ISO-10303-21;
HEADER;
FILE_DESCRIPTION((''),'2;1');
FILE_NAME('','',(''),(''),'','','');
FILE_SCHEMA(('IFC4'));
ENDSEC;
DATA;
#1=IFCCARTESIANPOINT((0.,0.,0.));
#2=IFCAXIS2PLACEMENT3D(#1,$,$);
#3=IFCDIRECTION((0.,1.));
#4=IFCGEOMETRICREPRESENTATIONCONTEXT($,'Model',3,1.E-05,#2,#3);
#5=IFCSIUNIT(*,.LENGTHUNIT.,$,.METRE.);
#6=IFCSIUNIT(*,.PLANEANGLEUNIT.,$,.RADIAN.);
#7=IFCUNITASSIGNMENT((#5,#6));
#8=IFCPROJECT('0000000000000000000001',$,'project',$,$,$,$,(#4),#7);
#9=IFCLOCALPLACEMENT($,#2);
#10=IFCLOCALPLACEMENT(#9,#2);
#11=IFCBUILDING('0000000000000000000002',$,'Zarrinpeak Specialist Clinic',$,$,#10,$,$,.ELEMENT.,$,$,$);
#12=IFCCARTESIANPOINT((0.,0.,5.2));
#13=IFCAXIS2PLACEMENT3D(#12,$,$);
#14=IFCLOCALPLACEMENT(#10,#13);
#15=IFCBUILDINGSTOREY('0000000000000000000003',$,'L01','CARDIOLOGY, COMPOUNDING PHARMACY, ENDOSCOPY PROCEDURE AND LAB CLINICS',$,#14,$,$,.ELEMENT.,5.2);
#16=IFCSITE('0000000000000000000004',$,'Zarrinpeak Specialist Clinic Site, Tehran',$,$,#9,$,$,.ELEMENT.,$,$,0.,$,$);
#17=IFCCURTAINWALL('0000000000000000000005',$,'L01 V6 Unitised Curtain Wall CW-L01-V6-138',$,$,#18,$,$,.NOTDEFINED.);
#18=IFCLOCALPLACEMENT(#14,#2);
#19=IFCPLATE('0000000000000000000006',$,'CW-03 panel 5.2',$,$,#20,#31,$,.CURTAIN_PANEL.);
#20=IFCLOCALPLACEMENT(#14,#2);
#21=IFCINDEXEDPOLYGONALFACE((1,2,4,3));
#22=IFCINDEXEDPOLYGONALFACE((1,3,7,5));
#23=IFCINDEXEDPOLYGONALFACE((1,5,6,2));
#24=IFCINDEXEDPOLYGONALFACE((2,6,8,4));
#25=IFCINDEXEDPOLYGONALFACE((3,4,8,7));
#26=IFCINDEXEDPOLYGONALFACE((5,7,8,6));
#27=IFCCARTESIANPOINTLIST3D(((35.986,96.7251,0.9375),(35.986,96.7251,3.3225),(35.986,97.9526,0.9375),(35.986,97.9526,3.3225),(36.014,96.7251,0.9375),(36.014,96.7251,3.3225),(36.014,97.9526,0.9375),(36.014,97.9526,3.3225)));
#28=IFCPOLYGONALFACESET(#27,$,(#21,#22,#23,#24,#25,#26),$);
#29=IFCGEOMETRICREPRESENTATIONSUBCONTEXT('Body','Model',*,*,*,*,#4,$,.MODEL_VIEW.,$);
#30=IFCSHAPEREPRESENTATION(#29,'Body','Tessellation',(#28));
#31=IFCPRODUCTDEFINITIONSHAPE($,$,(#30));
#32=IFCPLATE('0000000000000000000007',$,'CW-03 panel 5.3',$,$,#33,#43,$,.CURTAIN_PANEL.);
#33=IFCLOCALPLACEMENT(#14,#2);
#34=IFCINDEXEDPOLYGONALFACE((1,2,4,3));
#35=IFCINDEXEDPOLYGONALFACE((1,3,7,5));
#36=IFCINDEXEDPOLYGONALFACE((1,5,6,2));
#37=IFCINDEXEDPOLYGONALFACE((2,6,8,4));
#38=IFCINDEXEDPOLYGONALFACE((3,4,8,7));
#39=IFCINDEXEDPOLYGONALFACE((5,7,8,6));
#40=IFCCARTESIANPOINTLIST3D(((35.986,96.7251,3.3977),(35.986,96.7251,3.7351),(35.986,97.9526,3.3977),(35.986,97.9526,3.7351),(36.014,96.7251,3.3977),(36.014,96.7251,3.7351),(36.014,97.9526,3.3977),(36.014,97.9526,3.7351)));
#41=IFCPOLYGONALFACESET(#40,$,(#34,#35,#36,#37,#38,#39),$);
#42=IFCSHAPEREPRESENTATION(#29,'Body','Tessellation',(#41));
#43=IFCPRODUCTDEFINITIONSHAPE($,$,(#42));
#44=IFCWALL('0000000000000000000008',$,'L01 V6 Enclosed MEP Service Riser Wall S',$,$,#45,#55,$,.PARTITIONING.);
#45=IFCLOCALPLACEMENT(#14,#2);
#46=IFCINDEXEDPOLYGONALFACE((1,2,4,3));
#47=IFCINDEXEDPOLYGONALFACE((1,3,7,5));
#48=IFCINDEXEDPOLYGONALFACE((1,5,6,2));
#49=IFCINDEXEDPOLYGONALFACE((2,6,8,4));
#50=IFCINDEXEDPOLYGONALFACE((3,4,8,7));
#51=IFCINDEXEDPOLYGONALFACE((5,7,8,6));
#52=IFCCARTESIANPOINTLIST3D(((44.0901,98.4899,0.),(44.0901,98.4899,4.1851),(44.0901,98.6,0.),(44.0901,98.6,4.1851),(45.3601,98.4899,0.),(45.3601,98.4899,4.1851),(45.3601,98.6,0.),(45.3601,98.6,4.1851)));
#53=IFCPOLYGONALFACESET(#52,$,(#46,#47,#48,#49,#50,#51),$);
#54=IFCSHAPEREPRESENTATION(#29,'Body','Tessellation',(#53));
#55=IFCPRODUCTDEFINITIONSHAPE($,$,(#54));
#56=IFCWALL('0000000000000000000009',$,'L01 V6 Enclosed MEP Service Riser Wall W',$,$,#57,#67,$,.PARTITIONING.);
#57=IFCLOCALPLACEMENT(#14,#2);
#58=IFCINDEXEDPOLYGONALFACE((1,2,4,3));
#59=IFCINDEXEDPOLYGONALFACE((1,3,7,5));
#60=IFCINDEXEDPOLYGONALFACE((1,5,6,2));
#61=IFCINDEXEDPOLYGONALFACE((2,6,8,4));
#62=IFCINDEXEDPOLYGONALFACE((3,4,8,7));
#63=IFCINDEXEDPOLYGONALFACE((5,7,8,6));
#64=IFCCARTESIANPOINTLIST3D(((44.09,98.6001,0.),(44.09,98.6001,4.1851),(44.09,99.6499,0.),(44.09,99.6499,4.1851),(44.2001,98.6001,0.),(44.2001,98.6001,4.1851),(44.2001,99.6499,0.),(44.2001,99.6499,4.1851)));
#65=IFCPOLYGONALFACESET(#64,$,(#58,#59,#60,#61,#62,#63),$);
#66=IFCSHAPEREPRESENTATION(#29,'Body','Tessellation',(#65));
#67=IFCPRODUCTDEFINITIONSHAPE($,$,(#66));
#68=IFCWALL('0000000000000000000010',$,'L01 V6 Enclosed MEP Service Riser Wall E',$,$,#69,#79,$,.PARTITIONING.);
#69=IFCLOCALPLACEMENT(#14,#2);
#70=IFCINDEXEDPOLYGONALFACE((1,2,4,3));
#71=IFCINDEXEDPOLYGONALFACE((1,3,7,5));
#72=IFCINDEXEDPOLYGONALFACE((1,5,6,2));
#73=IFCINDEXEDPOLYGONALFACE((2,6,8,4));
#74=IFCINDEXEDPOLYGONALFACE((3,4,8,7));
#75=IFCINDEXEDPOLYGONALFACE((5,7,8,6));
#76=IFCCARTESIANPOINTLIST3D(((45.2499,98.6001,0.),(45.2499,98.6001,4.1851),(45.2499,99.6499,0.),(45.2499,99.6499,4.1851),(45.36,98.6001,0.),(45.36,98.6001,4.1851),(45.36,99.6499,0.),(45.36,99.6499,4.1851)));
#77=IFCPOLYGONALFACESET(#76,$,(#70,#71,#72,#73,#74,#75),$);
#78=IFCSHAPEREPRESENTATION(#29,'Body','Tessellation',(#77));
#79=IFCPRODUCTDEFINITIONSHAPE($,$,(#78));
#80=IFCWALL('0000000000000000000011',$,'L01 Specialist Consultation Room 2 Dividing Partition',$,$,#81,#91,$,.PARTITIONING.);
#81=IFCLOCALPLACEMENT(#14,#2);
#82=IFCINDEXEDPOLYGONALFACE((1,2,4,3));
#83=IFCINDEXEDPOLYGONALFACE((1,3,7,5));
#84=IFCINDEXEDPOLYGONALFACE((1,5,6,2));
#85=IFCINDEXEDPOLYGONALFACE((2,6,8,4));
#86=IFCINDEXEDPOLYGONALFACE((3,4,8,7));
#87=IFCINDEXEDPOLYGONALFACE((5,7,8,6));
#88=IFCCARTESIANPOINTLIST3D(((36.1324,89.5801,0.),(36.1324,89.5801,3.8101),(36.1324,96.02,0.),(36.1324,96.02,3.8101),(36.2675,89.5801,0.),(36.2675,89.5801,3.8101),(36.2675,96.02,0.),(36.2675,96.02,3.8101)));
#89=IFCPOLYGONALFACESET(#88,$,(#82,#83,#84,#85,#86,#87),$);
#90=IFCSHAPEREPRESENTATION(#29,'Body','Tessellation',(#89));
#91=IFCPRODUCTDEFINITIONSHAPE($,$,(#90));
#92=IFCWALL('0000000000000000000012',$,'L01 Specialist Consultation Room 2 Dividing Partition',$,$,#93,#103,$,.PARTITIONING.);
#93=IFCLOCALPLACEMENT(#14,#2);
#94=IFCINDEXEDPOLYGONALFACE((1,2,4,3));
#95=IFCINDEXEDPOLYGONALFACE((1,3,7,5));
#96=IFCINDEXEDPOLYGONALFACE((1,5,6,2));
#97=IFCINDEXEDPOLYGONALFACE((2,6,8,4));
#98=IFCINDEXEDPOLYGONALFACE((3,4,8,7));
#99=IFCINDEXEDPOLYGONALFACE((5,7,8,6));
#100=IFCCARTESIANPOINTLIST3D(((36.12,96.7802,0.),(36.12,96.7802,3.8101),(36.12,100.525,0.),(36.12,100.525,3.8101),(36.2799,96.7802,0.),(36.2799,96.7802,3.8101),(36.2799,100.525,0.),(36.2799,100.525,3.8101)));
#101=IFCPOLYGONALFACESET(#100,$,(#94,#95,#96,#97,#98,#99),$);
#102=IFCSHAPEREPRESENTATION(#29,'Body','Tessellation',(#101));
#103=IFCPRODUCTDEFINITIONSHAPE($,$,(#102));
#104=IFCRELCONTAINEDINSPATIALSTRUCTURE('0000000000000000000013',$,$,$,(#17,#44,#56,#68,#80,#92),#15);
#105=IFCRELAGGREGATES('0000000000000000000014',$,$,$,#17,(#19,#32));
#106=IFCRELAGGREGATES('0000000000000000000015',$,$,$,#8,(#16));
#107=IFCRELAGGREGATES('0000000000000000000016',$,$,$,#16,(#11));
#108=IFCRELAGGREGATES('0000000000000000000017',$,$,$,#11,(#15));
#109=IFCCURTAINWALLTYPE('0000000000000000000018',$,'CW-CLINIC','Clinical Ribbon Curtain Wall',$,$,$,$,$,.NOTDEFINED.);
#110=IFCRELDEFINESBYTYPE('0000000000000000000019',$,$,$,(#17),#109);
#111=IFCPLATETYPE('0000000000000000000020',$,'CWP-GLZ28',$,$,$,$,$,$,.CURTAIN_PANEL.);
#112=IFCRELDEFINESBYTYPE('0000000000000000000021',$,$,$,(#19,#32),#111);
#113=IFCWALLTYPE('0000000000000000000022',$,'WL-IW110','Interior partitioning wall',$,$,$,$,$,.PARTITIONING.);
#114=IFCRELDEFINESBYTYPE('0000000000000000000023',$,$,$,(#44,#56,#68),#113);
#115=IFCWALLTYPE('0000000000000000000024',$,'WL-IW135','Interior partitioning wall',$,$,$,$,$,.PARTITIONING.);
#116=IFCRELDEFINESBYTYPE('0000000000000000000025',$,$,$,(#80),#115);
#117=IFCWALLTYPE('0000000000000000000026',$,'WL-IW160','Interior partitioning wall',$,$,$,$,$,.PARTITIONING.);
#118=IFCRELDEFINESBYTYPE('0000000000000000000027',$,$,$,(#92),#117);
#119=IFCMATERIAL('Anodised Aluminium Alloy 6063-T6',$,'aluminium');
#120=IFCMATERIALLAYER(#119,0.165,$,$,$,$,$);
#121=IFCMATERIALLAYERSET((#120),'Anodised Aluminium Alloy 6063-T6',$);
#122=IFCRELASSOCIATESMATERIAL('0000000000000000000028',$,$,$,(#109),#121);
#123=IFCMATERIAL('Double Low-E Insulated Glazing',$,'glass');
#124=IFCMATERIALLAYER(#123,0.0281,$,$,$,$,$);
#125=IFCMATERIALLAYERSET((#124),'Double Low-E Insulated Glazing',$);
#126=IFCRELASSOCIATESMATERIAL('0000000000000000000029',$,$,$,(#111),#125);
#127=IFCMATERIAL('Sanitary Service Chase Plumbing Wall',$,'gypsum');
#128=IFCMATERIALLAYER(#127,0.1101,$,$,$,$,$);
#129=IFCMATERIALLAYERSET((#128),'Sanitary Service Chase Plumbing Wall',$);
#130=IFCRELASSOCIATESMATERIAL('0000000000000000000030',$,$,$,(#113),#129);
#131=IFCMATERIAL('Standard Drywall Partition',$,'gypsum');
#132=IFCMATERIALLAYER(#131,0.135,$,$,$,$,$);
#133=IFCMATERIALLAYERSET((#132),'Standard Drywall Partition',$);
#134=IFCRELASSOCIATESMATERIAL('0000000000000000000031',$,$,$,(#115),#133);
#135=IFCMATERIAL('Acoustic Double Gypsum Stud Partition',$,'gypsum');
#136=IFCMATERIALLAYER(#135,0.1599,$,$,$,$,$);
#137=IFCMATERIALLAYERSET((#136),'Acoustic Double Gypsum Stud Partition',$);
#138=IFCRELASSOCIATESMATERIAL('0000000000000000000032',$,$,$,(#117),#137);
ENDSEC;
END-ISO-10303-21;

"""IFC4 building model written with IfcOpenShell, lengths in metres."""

from ifc_helpers import new_model, si_unit, direction, frame, frame_2d, origin, origin_2d, place, context, subcontext, project, spatial, rectangle, extrude, material, layer, layer_set, type_object, element, aggregate, save


model = new_model("IFC4")

# Units and contexts
model_context = context("Model", 3, precision=1e-05, world=origin(), true_north=direction((0.0, 1.0)))
body_context = subcontext(model_context, "Body", "Model", "MODEL_VIEW")
ifc_project = project(units=[si_unit("LENGTHUNIT", "METRE"), si_unit("PLANEANGLEUNIT", "RADIAN")], contexts=[model_context])

# Site, building, storey
site_placement = place(None, origin())
site = spatial("IfcSite", under=ifc_project, at=site_placement, Name="Zarrinpeak Specialist Clinic Site, Tehran", CompositionType="ELEMENT", RefElevation=0.0)
building_placement = place(site_placement, origin())
building = spatial("IfcBuilding", under=site, at=building_placement, Name="Zarrinpeak Specialist Clinic", CompositionType="ELEMENT")
storey_placement = place(building_placement, frame((0.0, 0.0, 5.2)))
storey = spatial("IfcBuildingStorey", under=building, at=storey_placement, Name="L01", Description="CARDIOLOGY, COMPOUNDING PHARMACY, ENDOSCOPY PROCEDURE AND LAB CLINICS", CompositionType="ELEMENT", Elevation=5.2)

# Shared definitions
ifc_material_1 = material(Name="Anodised Aluminium Alloy 6063-T6", Category="aluminium")
ifc_layer_1 = layer(ifc_material_1, 0.165)
ifc_layer_set_1 = layer_set([ifc_layer_1], Name="Anodised Aluminium Alloy 6063-T6")
curtain_wall_type = type_object("IfcCurtainWallType", Name="CW-CLINIC", Description="Clinical Ribbon Curtain Wall", PredefinedType="NOTDEFINED", material=ifc_layer_set_1)

# Curtain wall
curtain_wall_1_placement = place(storey_placement, origin())
curtain_wall_1 = element("IfcCurtainWall", 1, at=curtain_wall_1_placement, inside=storey, type_object=curtain_wall_type, Name="L01 V6 Unitised Curtain Wall CW-L01-V6-138", PredefinedType="NOTDEFINED")

# Plates
ifc_material_2 = material(Name="Double Low-E Insulated Glazing", Category="glass")
ifc_layer_2 = layer(ifc_material_2, 0.0281)
ifc_layer_set_2 = layer_set([ifc_layer_2], Name="Double Low-E Insulated Glazing")
plate_type = type_object("IfcPlateType", Name="CWP-GLZ28", PredefinedType="CURTAIN_PANEL", material=ifc_layer_set_2)
plate_1_placement = place(storey_placement, frame((36.0, 97.3389, 0.9375), z_axis=(0.0, 0.0, 1.0), x_axis=(0.0, -1.0, 0.0)))
plate_1 = element("IfcPlate", 2, at=plate_1_placement, type_object=plate_type, Name="CW-03 panel 5.2", PredefinedType="CURTAIN_PANEL", context=body_context, shape_type="SweptSolid", body=[
    extrude(rectangle(XDim=1.2275, YDim=0.0281, at=origin_2d()), origin(), (0.0, 0.0, 1.0), 2.385),
])
plate_2_placement = place(storey_placement, frame((36.0, 97.3389, 3.3977), z_axis=(0.0, 0.0, 1.0), x_axis=(0.0, -1.0, 0.0)))
plate_2 = element("IfcPlate", 3, at=plate_2_placement, type_object=plate_type, Name="CW-03 panel 5.3", PredefinedType="CURTAIN_PANEL", context=body_context, shape_type="SweptSolid", body=[
    extrude(rectangle(XDim=1.2275, YDim=0.0281, at=origin_2d()), origin(), (0.0, 0.0, 1.0), 0.3374),
])
aggregate(curtain_wall_1, [plate_1, plate_2])

# Walls
ifc_material_3 = material(Name="Sanitary Service Chase Plumbing Wall", Category="gypsum")
ifc_layer_3 = layer(ifc_material_3, 0.1101)
ifc_layer_set_3 = layer_set([ifc_layer_3], Name="Sanitary Service Chase Plumbing Wall")
wall_type_1 = type_object("IfcWallType", Name="WL-IW110", Description="Interior partitioning wall", PredefinedType="PARTITIONING", material=ifc_layer_set_3)
wall_1_placement = place(storey_placement, frame((44.0901, 98.5449, 0.0), z_axis=(0.0, 0.0, 1.0), x_axis=(1.0, 0.0, 0.0)))
element("IfcWall", 4, at=wall_1_placement, inside=storey, type_object=wall_type_1, Name="L01 V6 Enclosed MEP Service Riser Wall S", PredefinedType="PARTITIONING", context=body_context, shape_type="SweptSolid", body=[
    extrude(rectangle(XDim=1.27, YDim=0.1101, at=frame_2d((0.635, 0.0))), origin(), (0.0, 0.0, 1.0), 4.1851),
])
for number, where, z_axis, x_axis, name in (
    (5, (44.145, 98.6001, 0.0), (0.0, 0.0, 1.0), (0.0, 1.0, 0.0), "L01 V6 Enclosed MEP Service Riser Wall W"),
    (6, (45.3049, 98.6001, 0.0), (0.0, 0.0, 1.0), (0.0, 1.0, 0.0), "L01 V6 Enclosed MEP Service Riser Wall E"),
):
    element("IfcWall", number, at=place(storey_placement, frame(where, z_axis=z_axis, x_axis=x_axis)), inside=storey, type_object=wall_type_1, Name=name, PredefinedType="PARTITIONING", context=body_context, shape_type="SweptSolid", body=[
        extrude(rectangle(XDim=1.0498, YDim=0.1101, at=frame_2d((0.5249, 0.0))), origin(), (0.0, 0.0, 1.0), 4.1851),
    ])
ifc_material_4 = material(Name="Standard Drywall Partition", Category="gypsum")
ifc_layer_4 = layer(ifc_material_4, 0.135)
ifc_layer_set_4 = layer_set([ifc_layer_4], Name="Standard Drywall Partition")
wall_type_2 = type_object("IfcWallType", Name="WL-IW135", Description="Interior partitioning wall", PredefinedType="PARTITIONING", material=ifc_layer_set_4)
wall_2_placement = place(storey_placement, frame((36.2, 89.5801, 0.0), z_axis=(0.0, 0.0, 1.0), x_axis=(0.0, 1.0, 0.0)))
element("IfcWall", 7, at=wall_2_placement, inside=storey, type_object=wall_type_2, Name="L01 Specialist Consultation Room 2 Dividing Partition", PredefinedType="PARTITIONING", context=body_context, shape_type="SweptSolid", body=[
    extrude(rectangle(XDim=6.4399, YDim=0.135, at=frame_2d((3.22, 0.0))), origin(), (0.0, 0.0, 1.0), 3.8101),
])
ifc_material_5 = material(Name="Acoustic Double Gypsum Stud Partition", Category="gypsum")
ifc_layer_5 = layer(ifc_material_5, 0.1599)
ifc_layer_set_5 = layer_set([ifc_layer_5], Name="Acoustic Double Gypsum Stud Partition")
wall_type_3 = type_object("IfcWallType", Name="WL-IW160", Description="Interior partitioning wall", PredefinedType="PARTITIONING", material=ifc_layer_set_5)
wall_3_placement = place(storey_placement, frame((36.2, 96.78, 0.0), z_axis=(0.0, 0.0, 1.0), x_axis=(0.0, 1.0, 0.0)))
element("IfcWall", 8, at=wall_3_placement, inside=storey, type_object=wall_type_3, Name="L01 Specialist Consultation Room 2 Dividing Partition", PredefinedType="PARTITIONING", context=body_context, shape_type="SweptSolid", body=[
    extrude(rectangle(XDim=3.7449, YDim=0.1599, at=frame_2d((1.8726, 0.0))), origin(), (0.0, 0.0, 1.0), 3.8101),
])

save(model, "model.ifc")
